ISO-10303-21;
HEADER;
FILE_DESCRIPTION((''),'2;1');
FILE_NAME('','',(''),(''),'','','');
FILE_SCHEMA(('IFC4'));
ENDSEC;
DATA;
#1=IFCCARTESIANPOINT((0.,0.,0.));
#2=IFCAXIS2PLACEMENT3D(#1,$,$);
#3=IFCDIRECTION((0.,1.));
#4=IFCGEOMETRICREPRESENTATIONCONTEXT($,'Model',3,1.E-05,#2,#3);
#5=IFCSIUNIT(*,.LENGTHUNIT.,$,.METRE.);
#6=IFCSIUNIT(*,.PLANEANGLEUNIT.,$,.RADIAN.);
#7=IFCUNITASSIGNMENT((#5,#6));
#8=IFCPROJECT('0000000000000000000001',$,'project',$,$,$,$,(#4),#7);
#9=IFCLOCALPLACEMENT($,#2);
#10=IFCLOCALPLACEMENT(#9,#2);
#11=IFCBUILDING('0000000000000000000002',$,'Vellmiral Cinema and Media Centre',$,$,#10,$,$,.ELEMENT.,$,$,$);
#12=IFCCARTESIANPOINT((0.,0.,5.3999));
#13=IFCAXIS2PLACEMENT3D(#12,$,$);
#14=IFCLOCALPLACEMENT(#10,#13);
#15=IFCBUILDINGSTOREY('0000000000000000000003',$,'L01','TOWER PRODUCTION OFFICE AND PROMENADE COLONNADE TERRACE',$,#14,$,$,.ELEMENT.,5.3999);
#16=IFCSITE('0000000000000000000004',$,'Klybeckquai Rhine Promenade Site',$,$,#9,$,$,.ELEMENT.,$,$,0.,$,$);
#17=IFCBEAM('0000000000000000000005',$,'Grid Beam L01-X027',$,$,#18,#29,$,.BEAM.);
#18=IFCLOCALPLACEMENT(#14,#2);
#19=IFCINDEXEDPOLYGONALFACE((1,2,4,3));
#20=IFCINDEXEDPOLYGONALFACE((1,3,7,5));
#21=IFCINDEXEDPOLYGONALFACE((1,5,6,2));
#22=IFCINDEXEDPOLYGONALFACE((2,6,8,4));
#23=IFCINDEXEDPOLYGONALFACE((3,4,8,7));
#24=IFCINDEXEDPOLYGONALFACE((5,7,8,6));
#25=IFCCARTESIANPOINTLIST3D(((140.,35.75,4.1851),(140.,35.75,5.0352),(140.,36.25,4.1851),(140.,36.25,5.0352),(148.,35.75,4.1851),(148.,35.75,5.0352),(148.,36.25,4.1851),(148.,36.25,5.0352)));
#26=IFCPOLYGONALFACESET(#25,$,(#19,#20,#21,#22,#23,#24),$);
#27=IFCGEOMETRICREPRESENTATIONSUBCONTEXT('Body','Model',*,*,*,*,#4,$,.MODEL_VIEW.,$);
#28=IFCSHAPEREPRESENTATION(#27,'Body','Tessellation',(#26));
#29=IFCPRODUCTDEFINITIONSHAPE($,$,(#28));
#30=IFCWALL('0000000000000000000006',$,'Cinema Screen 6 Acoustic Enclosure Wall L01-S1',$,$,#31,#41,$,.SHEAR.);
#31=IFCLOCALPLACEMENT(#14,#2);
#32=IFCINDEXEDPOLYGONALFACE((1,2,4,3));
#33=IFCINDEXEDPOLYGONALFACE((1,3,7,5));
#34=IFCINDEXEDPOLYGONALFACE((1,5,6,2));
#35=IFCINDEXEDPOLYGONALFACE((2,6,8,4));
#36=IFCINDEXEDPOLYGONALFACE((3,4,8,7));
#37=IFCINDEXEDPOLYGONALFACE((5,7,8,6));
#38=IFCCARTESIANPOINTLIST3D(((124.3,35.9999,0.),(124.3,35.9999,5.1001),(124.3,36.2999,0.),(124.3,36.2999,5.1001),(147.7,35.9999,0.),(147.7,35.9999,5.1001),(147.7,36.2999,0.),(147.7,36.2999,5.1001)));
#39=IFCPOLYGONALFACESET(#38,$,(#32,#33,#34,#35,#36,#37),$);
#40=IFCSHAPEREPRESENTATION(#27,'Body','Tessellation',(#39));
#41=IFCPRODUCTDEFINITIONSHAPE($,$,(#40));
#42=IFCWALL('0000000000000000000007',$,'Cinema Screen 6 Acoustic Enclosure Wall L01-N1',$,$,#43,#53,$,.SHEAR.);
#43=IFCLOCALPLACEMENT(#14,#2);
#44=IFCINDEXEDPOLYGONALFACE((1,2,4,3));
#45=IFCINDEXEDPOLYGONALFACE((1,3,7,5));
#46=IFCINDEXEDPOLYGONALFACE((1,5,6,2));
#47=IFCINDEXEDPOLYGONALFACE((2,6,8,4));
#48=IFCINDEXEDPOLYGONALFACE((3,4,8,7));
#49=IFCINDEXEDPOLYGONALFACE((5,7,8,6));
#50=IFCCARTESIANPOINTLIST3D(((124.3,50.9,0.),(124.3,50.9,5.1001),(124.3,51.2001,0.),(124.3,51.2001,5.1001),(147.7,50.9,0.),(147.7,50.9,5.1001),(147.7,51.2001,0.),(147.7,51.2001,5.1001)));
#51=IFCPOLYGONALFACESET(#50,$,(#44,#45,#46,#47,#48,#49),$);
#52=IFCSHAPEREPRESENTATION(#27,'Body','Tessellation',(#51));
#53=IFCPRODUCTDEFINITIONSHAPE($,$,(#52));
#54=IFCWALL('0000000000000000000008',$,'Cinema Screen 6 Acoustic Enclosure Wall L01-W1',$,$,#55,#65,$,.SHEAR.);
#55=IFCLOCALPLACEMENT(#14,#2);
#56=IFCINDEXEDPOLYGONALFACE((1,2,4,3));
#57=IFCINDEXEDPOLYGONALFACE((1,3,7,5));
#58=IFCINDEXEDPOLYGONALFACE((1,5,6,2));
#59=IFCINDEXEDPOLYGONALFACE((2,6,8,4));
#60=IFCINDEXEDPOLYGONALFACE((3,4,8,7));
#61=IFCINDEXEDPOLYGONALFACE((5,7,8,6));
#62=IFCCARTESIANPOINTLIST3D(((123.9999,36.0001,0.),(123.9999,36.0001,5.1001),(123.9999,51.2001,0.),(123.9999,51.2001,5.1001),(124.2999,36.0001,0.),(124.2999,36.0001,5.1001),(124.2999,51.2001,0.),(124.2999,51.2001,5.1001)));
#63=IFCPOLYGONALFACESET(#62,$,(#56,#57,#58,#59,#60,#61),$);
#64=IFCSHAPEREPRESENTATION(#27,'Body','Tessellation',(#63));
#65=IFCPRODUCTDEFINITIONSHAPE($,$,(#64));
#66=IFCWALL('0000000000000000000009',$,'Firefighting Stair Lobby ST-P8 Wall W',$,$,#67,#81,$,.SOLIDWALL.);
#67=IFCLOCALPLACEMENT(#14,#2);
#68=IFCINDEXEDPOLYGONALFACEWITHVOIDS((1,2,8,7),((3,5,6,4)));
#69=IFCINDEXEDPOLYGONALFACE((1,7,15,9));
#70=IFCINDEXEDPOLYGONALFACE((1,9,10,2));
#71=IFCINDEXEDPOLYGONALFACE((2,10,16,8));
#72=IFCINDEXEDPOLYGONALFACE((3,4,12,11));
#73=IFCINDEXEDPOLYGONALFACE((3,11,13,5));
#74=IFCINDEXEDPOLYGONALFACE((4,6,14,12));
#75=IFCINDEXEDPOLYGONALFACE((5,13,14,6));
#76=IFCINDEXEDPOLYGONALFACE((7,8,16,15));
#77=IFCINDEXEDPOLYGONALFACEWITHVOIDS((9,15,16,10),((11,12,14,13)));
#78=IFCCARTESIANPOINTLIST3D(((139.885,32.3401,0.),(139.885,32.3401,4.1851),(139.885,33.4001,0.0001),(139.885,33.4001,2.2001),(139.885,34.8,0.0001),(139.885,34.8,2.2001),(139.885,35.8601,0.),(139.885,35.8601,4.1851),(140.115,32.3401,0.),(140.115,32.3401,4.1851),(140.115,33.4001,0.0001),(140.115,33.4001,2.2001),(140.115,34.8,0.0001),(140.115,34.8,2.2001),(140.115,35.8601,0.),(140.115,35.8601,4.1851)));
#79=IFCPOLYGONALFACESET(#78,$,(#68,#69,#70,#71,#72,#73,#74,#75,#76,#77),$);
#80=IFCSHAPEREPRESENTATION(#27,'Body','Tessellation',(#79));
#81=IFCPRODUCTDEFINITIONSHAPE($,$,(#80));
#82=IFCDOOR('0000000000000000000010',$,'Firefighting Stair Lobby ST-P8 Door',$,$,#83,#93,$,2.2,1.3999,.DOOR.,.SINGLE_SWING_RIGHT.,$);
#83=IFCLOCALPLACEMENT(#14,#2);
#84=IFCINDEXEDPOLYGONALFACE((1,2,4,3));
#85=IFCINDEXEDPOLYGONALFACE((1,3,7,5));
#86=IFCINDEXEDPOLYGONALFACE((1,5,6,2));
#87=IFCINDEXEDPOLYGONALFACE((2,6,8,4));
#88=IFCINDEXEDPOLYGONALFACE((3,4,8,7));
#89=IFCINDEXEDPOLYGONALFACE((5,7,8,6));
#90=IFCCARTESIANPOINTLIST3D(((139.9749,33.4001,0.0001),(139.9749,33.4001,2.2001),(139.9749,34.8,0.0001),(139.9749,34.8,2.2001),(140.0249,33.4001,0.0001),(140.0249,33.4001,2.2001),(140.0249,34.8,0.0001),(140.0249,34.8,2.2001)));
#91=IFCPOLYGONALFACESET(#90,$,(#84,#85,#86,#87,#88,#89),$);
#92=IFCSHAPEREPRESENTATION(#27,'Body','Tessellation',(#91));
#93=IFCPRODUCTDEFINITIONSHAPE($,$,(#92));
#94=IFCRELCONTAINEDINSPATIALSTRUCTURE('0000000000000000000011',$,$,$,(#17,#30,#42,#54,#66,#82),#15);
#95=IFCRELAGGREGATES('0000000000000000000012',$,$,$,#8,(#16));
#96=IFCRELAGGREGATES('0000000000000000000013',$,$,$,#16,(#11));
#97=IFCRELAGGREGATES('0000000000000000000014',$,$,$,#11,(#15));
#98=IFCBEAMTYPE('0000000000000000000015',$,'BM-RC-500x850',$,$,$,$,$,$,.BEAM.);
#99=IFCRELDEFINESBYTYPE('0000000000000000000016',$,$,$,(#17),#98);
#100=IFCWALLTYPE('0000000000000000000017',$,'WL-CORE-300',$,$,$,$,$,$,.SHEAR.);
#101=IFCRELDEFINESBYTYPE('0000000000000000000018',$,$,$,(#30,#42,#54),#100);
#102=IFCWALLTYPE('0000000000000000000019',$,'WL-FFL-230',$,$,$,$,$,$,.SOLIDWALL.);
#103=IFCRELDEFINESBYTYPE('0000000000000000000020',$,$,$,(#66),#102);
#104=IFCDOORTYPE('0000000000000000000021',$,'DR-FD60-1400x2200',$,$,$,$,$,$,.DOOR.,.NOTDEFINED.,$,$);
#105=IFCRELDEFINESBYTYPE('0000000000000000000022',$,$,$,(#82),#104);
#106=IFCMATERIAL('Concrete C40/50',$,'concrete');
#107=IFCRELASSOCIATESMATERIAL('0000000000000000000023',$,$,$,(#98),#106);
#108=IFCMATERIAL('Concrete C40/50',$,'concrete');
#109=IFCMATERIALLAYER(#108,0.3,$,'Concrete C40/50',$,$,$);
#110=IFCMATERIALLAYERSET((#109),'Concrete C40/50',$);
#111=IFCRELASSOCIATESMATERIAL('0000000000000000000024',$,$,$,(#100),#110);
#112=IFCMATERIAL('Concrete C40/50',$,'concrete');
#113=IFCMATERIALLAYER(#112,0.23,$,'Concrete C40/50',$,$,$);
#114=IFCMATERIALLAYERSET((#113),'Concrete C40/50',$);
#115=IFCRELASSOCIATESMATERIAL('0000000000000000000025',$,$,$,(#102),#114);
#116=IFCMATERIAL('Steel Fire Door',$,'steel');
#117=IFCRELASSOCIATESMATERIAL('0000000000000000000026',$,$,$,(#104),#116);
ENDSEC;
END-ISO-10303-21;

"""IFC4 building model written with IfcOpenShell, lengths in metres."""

from ifc_helpers import new_model, si_unit, direction, frame, frame_2d, origin, origin_2d, place, context, subcontext, project, spatial, rectangle, extrude, material, layer, layer_set, material_profile, profile_set, type_object, element, fill, save


model = new_model("IFC4")

# Units and contexts
model_context = context("Model", 3, precision=1e-05, world=origin(), true_north=direction((0.0, 1.0)))
body_context = subcontext(model_context, "Body", "Model", "MODEL_VIEW")
ifc_project = project(units=[si_unit("LENGTHUNIT", "METRE"), si_unit("PLANEANGLEUNIT", "RADIAN")], contexts=[model_context])

# Site, building, storey
site_placement = place(None, origin())
site = spatial("IfcSite", under=ifc_project, at=site_placement, Name="Klybeckquai Rhine Promenade Site", CompositionType="ELEMENT", RefElevation=0.0)
building_placement = place(site_placement, origin())
building = spatial("IfcBuilding", under=site, at=building_placement, Name="Vellmiral Cinema and Media Centre", CompositionType="ELEMENT")
storey_placement = place(building_placement, frame((0.0, 0.0, 5.3999)))
storey = spatial("IfcBuildingStorey", under=building, at=storey_placement, Name="L01", Description="TOWER PRODUCTION OFFICE AND PROMENADE COLONNADE TERRACE", CompositionType="ELEMENT", Elevation=5.3999)

# Beam
ifc_material_1 = material(Name="Concrete C40/50", Category="concrete")
ifc_material_profile_1 = material_profile(ifc_material_1, rectangle(XDim=0.5, YDim=0.8501, at=origin_2d()), Name="RC 500x850")
ifc_profile_set_1 = profile_set([ifc_material_profile_1], Name="Concrete C40/50")
beam_type_1 = type_object("IfcBeamType", Name="BM-RC-500x850", PredefinedType="BEAM", material=ifc_profile_set_1)
beam_1_placement = place(storey_placement, frame((140.0, 36.0, 4.6101), z_axis=(1.0, 0.0, 0.0), x_axis=(0.0, 1.0, 0.0)))
element("IfcBeam", 1, at=beam_1_placement, inside=storey, type_object=beam_type_1, Name="Grid Beam L01-X027", PredefinedType="BEAM", context=body_context, shape_type="SweptSolid", body=[
    extrude(rectangle(XDim=0.5, YDim=0.8501, at=origin_2d()), origin(), (0.0, 0.0, 1.0), 8.0),
])

# Walls
ifc_material_2 = material(Name="Concrete C40/50", Category="concrete")
ifc_layer_1 = layer(ifc_material_2, 0.3, Name="Concrete C40/50")
ifc_layer_set_1 = layer_set([ifc_layer_1], Name="Concrete C40/50")
wall_type_1 = type_object("IfcWallType", Name="WL-CORE-300", PredefinedType="SHEAR", material=ifc_layer_set_1)
for number, where, z_axis, x_axis, name in (
    (2, (124.3, 36.1499, 0.0), (0.0, 0.0, 1.0), (1.0, 0.0, 0.0), "Cinema Screen 6 Acoustic Enclosure Wall L01-S1"),
    (3, (124.3, 51.05, 0.0), (0.0, 0.0, 1.0), (1.0, 0.0, 0.0), "Cinema Screen 6 Acoustic Enclosure Wall L01-N1"),
):
    element("IfcWall", number, at=place(storey_placement, frame(where, z_axis=z_axis, x_axis=x_axis)), inside=storey, type_object=wall_type_1, Name=name, PredefinedType="SHEAR", context=body_context, shape_type="SweptSolid", body=[
        extrude(rectangle(XDim=23.3999, YDim=0.3, at=frame_2d((11.7, 0.0))), origin(), (0.0, 0.0, 1.0), 5.1001),
    ])
wall_1_placement = place(storey_placement, frame((124.1499, 36.0, 0.0), z_axis=(0.0, 0.0, 1.0), x_axis=(0.0, 1.0, 0.0)))
element("IfcWall", 4, at=wall_1_placement, inside=storey, type_object=wall_type_1, Name="Cinema Screen 6 Acoustic Enclosure Wall L01-W1", PredefinedType="SHEAR", context=body_context, shape_type="SweptSolid", body=[
    extrude(rectangle(XDim=15.2, YDim=0.3, at=frame_2d((7.6001, 0.0))), origin(), (0.0, 0.0, 1.0), 5.1001),
])

# Wall, opening, door
ifc_material_3 = material(Name="Concrete C40/50", Category="concrete")
ifc_layer_2 = layer(ifc_material_3, 0.23, Name="Concrete C40/50")
ifc_layer_set_2 = layer_set([ifc_layer_2], Name="Concrete C40/50")
wall_type_2 = type_object("IfcWallType", Name="WL-FFL-230", PredefinedType="SOLIDWALL", material=ifc_layer_set_2)
wall_2_placement = place(storey_placement, frame((140.0, 32.3401, 0.0), z_axis=(0.0, 0.0, 1.0), x_axis=(0.0, 1.0, 0.0)))
wall_2 = element("IfcWall", 5, at=wall_2_placement, inside=storey, type_object=wall_type_2, Name="Firefighting Stair Lobby ST-P8 Wall W", PredefinedType="SOLIDWALL", context=body_context, shape_type="SweptSolid", body=[
    extrude(rectangle(XDim=3.52, YDim=0.23, at=frame_2d((1.76, 0.0))), origin(), (0.0, 0.0, 1.0), 4.1851),
])
opening_placement = place(wall_2_placement, frame((1.0601, 0.0, 0.0)))
opening = element("IfcOpeningElement", 6, at=opening_placement, cuts=wall_2, PredefinedType="OPENING", context=body_context, shape_type="SweptSolid", body=[
    extrude(rectangle(XDim=1.3999, YDim=2.2, at=frame_2d((0.7, 1.1001))), frame((0.0, 0.127, 0.0), z_axis=(0.0, -1.0, 0.0), x_axis=(1.0, 0.0, 0.0)), (0.0, 0.0, 1.0), 0.2539),
])
ifc_material_4 = material(Name="Steel Fire Door", Category="steel")
door_type = type_object("IfcDoorType", Name="DR-FD60-1400x2200", OperationType="NOTDEFINED", PredefinedType="DOOR", material=ifc_material_4)
door_placement = place(opening_placement, frame((1.3999, 0.0, 0.0), z_axis=(0.0, 0.0, 1.0), x_axis=(-1.0, 0.0, 0.0)))
door = element("IfcDoor", 7, at=door_placement, inside=storey, type_object=door_type, Name="Firefighting Stair Lobby ST-P8 Door", OperationType="SINGLE_SWING_RIGHT", OverallHeight=2.2, OverallWidth=1.3999, PredefinedType="DOOR", context=body_context, shape_type="SweptSolid", body=[
    extrude(rectangle(XDim=1.3999, YDim=2.2, at=frame_2d((0.7, 1.1001))), frame((0.0, 0.0249, 0.0), z_axis=(0.0, -1.0, 0.0), x_axis=(1.0, 0.0, 0.0)), (0.0, 0.0, 1.0), 0.05),
])
fill(opening, door)

save(model, "model.ifc")
